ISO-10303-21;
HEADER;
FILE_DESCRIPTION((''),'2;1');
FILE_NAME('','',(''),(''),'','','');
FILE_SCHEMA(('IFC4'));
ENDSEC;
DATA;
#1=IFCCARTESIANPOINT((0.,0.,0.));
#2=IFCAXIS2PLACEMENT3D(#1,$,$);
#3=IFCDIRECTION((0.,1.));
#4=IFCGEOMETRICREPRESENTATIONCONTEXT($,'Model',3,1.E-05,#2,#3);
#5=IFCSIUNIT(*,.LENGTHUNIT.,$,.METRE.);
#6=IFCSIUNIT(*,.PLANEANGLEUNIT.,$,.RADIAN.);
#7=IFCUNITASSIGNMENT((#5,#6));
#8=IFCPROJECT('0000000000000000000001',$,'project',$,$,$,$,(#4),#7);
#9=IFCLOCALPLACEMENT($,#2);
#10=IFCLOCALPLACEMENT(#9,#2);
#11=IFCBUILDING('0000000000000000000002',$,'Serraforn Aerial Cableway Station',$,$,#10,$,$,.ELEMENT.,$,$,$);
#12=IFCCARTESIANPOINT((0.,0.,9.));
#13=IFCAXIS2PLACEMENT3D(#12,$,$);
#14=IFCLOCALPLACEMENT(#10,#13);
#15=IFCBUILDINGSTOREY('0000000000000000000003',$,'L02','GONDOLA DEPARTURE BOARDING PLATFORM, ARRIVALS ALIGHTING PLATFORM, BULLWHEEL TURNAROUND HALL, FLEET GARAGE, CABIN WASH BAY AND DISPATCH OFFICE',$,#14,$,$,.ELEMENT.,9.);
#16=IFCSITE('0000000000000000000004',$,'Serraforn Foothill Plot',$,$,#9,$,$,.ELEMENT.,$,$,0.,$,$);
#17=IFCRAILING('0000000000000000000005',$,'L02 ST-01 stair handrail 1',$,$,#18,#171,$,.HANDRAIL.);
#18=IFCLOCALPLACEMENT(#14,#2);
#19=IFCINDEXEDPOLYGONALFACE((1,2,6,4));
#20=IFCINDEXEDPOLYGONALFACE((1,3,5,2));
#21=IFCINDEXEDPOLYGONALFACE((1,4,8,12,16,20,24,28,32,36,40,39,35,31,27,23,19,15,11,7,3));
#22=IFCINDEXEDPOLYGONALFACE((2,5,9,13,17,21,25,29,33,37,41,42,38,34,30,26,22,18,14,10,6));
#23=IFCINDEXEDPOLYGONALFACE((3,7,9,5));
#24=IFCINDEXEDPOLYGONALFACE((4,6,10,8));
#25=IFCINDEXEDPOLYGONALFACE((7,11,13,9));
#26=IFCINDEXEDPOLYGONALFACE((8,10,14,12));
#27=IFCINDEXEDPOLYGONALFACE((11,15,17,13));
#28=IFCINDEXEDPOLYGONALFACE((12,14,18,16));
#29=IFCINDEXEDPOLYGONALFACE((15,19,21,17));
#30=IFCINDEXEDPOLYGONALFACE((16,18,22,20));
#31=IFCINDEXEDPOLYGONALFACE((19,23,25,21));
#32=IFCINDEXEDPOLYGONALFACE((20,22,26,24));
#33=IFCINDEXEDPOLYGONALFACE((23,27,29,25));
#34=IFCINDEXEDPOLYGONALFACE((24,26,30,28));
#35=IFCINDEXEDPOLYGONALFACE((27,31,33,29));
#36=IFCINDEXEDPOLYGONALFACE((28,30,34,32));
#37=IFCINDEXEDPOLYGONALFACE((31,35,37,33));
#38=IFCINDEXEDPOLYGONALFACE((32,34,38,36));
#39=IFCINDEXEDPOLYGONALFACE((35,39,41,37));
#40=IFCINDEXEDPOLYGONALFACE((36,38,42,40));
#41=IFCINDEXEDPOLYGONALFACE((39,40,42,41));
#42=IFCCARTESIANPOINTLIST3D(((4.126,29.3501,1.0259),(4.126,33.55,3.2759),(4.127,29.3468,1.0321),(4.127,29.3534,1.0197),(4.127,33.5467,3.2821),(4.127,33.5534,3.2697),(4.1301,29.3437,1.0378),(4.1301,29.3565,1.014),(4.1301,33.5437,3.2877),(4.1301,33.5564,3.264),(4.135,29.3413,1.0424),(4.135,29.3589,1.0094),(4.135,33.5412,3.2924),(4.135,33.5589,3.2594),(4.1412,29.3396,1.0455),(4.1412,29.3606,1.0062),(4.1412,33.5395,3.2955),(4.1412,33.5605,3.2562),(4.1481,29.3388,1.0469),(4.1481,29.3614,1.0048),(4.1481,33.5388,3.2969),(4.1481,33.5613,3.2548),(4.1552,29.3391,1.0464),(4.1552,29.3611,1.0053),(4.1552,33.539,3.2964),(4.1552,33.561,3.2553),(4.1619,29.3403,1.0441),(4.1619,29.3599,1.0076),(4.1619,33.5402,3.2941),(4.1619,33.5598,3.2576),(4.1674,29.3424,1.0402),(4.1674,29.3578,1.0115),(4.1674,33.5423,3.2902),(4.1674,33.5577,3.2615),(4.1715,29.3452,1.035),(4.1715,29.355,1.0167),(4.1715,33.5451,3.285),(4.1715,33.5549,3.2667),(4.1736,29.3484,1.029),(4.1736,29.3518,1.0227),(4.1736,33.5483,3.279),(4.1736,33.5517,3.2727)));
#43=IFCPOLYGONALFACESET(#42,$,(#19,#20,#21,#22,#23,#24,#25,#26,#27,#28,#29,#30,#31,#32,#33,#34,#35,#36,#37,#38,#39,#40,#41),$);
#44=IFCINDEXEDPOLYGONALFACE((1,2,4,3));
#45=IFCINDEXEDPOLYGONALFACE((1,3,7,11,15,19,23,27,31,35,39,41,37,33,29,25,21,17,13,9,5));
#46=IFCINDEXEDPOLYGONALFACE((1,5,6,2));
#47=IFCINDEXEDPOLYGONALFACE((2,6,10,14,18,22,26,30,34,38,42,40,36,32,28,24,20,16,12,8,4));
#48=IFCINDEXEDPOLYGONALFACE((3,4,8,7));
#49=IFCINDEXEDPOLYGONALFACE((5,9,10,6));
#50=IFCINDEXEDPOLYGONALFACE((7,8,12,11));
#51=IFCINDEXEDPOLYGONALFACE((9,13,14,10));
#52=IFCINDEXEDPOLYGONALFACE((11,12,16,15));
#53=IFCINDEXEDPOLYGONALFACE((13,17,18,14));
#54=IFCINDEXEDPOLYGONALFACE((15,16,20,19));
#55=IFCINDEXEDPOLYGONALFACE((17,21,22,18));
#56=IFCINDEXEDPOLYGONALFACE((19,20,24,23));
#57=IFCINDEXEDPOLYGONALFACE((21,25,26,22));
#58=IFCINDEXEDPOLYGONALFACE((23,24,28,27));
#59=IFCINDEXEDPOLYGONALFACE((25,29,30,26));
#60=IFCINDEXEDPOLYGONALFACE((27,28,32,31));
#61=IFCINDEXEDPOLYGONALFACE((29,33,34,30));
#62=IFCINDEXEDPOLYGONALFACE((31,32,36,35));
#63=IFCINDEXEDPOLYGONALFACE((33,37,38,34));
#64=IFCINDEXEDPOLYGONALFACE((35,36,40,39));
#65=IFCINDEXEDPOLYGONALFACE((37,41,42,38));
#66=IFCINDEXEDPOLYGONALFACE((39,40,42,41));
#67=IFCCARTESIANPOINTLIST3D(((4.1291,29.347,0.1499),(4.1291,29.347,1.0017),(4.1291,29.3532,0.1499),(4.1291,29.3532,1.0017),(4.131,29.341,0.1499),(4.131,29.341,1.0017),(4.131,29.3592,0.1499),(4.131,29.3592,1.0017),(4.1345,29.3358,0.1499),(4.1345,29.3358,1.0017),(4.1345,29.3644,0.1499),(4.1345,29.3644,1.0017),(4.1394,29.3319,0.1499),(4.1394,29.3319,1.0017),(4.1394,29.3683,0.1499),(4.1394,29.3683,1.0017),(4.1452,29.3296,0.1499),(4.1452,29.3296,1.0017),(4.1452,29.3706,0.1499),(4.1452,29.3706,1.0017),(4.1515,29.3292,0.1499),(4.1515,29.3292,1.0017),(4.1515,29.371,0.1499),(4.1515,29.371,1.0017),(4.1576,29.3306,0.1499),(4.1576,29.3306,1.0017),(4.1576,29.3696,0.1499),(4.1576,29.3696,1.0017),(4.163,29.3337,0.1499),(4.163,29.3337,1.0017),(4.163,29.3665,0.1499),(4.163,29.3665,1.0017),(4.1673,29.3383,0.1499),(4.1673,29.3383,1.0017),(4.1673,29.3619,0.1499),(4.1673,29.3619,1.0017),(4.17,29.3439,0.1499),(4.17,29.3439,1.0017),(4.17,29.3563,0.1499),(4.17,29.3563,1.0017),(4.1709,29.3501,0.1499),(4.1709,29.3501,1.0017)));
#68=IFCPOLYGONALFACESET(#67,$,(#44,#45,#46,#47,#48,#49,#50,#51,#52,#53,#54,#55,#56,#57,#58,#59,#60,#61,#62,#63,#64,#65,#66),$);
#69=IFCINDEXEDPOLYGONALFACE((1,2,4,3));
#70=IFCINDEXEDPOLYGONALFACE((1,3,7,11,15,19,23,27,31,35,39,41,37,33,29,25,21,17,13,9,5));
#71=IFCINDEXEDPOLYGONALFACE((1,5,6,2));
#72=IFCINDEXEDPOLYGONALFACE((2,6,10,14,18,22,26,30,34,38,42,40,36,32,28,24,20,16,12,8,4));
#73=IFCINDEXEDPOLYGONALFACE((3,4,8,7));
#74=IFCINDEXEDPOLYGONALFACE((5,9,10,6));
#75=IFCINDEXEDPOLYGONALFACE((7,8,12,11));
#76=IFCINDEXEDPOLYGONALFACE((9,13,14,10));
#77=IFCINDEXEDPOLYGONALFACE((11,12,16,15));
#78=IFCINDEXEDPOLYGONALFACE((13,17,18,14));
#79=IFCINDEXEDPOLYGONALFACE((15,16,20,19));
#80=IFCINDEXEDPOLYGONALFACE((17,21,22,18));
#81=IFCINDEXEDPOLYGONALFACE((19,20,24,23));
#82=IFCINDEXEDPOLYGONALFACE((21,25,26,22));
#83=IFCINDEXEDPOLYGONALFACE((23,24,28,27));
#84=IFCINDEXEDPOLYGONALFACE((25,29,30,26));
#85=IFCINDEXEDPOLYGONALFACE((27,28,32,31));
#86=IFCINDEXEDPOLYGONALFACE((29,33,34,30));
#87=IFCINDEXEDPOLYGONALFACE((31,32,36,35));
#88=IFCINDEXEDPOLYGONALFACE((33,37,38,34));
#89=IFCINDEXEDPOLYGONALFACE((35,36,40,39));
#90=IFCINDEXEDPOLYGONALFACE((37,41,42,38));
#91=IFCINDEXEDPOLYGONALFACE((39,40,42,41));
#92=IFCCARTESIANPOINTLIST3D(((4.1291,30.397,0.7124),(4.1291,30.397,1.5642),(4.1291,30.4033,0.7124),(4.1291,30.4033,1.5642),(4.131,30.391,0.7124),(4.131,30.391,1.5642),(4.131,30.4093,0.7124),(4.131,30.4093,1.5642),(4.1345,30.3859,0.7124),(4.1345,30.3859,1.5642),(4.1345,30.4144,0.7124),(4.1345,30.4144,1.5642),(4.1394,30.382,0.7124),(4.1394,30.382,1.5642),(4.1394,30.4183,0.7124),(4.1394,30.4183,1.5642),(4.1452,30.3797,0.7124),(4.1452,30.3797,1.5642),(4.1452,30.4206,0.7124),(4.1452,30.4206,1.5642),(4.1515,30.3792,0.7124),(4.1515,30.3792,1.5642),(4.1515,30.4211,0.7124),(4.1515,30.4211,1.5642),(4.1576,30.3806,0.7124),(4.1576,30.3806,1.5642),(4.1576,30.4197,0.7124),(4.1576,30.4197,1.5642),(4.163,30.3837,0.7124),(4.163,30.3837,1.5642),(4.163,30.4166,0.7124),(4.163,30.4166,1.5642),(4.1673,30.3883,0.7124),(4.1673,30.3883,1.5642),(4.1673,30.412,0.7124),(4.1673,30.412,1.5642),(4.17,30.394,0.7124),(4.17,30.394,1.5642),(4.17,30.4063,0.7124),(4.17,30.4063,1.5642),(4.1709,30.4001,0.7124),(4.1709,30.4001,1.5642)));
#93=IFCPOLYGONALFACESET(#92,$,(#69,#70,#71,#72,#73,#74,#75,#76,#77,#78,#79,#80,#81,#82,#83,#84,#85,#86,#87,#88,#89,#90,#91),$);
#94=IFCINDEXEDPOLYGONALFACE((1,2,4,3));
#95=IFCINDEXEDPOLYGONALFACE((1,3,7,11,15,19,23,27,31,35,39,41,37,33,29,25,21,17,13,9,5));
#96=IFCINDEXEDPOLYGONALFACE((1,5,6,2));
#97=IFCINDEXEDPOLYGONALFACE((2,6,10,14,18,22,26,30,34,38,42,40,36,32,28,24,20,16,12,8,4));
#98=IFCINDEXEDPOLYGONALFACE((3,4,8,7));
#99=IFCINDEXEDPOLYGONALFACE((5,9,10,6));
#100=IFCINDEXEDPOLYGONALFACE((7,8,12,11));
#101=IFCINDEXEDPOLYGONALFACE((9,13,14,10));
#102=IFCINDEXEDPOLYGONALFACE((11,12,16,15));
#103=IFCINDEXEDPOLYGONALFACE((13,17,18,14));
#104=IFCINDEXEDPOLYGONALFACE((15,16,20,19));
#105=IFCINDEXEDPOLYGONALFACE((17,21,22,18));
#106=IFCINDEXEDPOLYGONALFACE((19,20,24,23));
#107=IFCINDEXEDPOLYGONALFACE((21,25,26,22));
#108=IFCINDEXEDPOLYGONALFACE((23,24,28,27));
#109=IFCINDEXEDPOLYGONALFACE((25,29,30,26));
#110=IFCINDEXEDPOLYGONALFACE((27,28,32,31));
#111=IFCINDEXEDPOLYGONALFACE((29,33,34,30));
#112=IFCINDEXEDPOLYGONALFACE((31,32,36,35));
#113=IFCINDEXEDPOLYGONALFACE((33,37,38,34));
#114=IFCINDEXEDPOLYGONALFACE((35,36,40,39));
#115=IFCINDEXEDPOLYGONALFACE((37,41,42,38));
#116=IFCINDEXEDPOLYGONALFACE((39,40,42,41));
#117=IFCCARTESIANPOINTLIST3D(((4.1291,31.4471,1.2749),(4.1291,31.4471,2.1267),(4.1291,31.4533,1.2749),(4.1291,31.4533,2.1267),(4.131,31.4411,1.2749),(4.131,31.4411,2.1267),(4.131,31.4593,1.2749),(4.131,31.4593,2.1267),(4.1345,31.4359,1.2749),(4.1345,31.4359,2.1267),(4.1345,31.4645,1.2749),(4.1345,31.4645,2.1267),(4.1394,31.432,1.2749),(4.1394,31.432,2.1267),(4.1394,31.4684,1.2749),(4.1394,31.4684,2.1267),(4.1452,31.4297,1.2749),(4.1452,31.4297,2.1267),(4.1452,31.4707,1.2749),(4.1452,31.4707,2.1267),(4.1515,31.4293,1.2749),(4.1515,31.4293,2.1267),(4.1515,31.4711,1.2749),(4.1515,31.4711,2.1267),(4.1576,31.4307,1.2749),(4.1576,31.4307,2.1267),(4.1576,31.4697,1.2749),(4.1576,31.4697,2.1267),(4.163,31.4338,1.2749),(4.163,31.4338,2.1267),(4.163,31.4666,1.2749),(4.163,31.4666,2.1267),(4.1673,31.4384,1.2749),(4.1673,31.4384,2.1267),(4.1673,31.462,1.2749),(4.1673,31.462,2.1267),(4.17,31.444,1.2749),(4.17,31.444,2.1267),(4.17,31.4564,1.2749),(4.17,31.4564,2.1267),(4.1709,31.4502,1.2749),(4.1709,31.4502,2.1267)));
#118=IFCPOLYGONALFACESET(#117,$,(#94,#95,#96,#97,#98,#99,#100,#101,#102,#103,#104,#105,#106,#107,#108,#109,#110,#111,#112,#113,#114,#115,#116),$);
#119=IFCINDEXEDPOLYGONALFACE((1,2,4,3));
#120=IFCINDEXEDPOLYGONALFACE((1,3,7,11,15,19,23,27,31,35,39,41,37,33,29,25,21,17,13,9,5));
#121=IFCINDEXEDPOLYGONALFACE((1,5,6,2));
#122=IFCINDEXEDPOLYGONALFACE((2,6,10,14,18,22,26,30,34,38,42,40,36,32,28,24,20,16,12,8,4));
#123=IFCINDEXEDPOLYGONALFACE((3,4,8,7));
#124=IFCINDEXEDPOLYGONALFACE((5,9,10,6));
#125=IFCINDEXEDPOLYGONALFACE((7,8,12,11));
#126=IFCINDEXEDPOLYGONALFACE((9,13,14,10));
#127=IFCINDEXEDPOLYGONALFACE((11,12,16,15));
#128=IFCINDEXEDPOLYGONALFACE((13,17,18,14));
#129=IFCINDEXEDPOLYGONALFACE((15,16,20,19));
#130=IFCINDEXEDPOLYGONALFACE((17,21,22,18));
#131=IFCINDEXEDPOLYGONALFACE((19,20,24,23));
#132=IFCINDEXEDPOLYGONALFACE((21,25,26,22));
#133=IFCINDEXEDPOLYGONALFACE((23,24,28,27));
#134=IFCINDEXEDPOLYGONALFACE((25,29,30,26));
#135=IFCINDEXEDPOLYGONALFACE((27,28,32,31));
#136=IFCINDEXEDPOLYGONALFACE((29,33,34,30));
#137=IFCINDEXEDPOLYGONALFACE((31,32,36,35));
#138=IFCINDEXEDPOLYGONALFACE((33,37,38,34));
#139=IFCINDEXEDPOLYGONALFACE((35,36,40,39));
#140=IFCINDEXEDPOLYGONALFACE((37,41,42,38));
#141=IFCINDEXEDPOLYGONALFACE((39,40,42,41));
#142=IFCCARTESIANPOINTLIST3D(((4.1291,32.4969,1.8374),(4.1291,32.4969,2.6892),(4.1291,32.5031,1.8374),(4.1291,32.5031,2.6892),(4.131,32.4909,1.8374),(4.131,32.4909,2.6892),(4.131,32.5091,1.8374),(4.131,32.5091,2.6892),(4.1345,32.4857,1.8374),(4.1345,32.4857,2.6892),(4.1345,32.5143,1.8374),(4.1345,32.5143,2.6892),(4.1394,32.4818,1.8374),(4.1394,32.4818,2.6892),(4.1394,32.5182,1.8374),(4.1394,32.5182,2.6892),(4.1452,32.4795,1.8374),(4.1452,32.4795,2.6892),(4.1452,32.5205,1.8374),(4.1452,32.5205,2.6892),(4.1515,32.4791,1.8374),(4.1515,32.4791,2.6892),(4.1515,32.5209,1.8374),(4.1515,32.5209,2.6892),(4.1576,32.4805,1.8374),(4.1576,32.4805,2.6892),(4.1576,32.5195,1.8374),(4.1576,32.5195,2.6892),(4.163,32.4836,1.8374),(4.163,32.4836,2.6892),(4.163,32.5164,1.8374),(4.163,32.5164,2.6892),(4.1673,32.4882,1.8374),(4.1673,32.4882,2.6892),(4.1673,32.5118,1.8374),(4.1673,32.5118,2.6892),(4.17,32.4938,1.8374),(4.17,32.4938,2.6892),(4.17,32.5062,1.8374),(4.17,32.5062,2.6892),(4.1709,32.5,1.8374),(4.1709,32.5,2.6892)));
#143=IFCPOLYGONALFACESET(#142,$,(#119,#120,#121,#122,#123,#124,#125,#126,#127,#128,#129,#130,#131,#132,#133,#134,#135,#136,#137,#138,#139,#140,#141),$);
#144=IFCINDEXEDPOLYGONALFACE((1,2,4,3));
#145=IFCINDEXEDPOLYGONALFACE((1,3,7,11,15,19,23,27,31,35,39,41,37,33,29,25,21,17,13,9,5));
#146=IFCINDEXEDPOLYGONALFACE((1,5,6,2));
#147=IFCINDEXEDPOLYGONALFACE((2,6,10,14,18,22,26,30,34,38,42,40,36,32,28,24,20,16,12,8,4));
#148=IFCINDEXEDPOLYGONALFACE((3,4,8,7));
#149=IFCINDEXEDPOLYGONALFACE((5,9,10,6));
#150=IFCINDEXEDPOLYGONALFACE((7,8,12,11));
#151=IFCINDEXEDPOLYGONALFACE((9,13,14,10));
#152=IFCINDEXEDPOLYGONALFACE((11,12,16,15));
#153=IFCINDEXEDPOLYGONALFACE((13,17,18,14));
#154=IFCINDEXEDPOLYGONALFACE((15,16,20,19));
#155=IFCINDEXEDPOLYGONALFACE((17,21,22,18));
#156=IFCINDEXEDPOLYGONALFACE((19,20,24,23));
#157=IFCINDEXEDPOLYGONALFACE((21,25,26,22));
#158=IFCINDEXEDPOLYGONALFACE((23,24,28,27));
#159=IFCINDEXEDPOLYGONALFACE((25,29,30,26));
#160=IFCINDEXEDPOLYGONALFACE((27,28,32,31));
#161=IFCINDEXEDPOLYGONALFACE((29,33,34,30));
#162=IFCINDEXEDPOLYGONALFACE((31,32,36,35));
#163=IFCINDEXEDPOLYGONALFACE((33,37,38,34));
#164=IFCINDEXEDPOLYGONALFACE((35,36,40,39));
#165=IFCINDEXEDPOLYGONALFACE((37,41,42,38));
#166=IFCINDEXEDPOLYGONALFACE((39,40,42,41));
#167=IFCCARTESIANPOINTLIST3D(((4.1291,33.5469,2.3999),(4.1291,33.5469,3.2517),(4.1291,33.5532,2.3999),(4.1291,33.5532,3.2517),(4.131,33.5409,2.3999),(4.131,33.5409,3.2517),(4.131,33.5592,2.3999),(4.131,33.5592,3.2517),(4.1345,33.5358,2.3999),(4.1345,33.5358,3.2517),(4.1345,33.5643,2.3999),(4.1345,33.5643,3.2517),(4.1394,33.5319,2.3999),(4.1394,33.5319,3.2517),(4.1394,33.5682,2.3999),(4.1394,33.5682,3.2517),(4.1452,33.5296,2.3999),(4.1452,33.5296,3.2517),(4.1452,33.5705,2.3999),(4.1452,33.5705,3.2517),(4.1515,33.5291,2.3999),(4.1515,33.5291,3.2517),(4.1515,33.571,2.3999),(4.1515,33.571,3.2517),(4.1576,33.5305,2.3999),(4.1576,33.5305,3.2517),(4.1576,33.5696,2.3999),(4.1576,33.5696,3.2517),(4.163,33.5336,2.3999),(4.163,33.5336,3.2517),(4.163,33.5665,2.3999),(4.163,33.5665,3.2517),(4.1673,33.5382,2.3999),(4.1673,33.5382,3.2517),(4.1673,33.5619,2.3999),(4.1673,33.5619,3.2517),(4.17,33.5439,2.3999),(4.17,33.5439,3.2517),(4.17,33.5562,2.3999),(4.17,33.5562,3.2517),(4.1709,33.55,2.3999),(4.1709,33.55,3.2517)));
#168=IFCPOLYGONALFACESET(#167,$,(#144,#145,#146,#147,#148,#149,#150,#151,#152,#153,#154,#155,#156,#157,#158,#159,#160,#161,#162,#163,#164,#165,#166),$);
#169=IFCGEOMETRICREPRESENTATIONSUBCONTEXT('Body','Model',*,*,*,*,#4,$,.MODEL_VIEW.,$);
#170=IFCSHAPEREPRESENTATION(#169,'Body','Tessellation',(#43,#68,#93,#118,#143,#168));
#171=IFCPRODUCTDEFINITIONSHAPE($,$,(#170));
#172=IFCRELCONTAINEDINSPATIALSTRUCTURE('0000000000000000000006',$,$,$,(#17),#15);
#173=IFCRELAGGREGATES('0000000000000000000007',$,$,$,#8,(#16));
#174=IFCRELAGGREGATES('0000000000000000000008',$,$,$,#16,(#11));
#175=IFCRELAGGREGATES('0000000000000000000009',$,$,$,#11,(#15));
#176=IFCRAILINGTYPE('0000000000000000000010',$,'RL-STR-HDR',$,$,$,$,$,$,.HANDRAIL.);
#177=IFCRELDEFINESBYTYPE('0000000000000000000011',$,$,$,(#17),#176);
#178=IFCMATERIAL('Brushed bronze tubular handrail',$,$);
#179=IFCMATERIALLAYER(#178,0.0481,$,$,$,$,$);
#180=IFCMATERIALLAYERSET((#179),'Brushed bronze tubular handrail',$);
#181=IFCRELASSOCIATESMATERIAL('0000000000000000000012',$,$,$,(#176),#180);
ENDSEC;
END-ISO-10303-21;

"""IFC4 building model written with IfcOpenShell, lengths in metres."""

from ifc_helpers import new_model, si_unit, direction, frame, origin, origin_2d, place, context, subcontext, project, spatial, circle, extrude, material, layer, layer_set, type_object, element, save


model = new_model("IFC4")

# Units and contexts
model_context = context("Model", 3, precision=1e-05, world=origin(), true_north=direction((0.0, 1.0)))
body_context = subcontext(model_context, "Body", "Model", "MODEL_VIEW")
ifc_project = project(units=[si_unit("LENGTHUNIT", "METRE"), si_unit("PLANEANGLEUNIT", "RADIAN")], contexts=[model_context])

# Site, building, storey
site_placement = place(None, origin())
site = spatial("IfcSite", under=ifc_project, at=site_placement, Name="Serraforn Foothill Plot", CompositionType="ELEMENT", RefElevation=0.0)
building_placement = place(site_placement, origin())
building = spatial("IfcBuilding", under=site, at=building_placement, Name="Serraforn Aerial Cableway Station", CompositionType="ELEMENT")
storey_placement = place(building_placement, frame((0.0, 0.0, 9.0)))
storey = spatial("IfcBuildingStorey", under=building, at=storey_placement, Name="L02", Description="GONDOLA DEPARTURE BOARDING PLATFORM, ARRIVALS ALIGHTING PLATFORM, BULLWHEEL TURNAROUND HALL, FLEET GARAGE, CABIN WASH BAY AND DISPATCH OFFICE", CompositionType="ELEMENT", Elevation=9.0)

# Railing
ifc_material_1 = material(Name="Brushed bronze tubular handrail")
ifc_layer_1 = layer(ifc_material_1, 0.0481)
ifc_layer_set_1 = layer_set([ifc_layer_1], Name="Brushed bronze tubular handrail")
railing_type = type_object("IfcRailingType", Name="RL-STR-HDR", PredefinedType="HANDRAIL", material=ifc_layer_set_1)
railing_placement = place(storey_placement, frame((4.1499, 29.3501, 0.1499)))
element("IfcRailing", 1, at=railing_placement, inside=storey, type_object=railing_type, Name="L02 ST-01 stair handrail 1", PredefinedType="HANDRAIL", context=body_context, shape_type="SweptSolid", body=[
    extrude(circle(Radius=0.0239, at=origin_2d()), frame((0.0, 0.0, 0.876), z_axis=(0.0, 0.881478, 0.472226), x_axis=(-1.0, 0.0, 0.0)), (0.0, 0.0, 1.0), 4.7646),
    extrude(circle(Radius=0.021, at=origin_2d()), origin(), (0.0, 0.0, 1.0), 0.8518),
    extrude(circle(Radius=0.021, at=origin_2d()), frame((0.0, 1.05, 0.5625)), (0.0, 0.0, 1.0), 0.8518),
    extrude(circle(Radius=0.021, at=origin_2d()), frame((0.0, 2.1001, 1.125)), (0.0, 0.0, 1.0), 0.8518),
    extrude(circle(Radius=0.021, at=origin_2d()), frame((0.0, 3.1499, 1.6875)), (0.0, 0.0, 1.0), 0.8518),
    extrude(circle(Radius=0.021, at=origin_2d()), frame((0.0, 4.2, 2.25)), (0.0, 0.0, 1.0), 0.8518),
])

save(model, "model.ifc")
